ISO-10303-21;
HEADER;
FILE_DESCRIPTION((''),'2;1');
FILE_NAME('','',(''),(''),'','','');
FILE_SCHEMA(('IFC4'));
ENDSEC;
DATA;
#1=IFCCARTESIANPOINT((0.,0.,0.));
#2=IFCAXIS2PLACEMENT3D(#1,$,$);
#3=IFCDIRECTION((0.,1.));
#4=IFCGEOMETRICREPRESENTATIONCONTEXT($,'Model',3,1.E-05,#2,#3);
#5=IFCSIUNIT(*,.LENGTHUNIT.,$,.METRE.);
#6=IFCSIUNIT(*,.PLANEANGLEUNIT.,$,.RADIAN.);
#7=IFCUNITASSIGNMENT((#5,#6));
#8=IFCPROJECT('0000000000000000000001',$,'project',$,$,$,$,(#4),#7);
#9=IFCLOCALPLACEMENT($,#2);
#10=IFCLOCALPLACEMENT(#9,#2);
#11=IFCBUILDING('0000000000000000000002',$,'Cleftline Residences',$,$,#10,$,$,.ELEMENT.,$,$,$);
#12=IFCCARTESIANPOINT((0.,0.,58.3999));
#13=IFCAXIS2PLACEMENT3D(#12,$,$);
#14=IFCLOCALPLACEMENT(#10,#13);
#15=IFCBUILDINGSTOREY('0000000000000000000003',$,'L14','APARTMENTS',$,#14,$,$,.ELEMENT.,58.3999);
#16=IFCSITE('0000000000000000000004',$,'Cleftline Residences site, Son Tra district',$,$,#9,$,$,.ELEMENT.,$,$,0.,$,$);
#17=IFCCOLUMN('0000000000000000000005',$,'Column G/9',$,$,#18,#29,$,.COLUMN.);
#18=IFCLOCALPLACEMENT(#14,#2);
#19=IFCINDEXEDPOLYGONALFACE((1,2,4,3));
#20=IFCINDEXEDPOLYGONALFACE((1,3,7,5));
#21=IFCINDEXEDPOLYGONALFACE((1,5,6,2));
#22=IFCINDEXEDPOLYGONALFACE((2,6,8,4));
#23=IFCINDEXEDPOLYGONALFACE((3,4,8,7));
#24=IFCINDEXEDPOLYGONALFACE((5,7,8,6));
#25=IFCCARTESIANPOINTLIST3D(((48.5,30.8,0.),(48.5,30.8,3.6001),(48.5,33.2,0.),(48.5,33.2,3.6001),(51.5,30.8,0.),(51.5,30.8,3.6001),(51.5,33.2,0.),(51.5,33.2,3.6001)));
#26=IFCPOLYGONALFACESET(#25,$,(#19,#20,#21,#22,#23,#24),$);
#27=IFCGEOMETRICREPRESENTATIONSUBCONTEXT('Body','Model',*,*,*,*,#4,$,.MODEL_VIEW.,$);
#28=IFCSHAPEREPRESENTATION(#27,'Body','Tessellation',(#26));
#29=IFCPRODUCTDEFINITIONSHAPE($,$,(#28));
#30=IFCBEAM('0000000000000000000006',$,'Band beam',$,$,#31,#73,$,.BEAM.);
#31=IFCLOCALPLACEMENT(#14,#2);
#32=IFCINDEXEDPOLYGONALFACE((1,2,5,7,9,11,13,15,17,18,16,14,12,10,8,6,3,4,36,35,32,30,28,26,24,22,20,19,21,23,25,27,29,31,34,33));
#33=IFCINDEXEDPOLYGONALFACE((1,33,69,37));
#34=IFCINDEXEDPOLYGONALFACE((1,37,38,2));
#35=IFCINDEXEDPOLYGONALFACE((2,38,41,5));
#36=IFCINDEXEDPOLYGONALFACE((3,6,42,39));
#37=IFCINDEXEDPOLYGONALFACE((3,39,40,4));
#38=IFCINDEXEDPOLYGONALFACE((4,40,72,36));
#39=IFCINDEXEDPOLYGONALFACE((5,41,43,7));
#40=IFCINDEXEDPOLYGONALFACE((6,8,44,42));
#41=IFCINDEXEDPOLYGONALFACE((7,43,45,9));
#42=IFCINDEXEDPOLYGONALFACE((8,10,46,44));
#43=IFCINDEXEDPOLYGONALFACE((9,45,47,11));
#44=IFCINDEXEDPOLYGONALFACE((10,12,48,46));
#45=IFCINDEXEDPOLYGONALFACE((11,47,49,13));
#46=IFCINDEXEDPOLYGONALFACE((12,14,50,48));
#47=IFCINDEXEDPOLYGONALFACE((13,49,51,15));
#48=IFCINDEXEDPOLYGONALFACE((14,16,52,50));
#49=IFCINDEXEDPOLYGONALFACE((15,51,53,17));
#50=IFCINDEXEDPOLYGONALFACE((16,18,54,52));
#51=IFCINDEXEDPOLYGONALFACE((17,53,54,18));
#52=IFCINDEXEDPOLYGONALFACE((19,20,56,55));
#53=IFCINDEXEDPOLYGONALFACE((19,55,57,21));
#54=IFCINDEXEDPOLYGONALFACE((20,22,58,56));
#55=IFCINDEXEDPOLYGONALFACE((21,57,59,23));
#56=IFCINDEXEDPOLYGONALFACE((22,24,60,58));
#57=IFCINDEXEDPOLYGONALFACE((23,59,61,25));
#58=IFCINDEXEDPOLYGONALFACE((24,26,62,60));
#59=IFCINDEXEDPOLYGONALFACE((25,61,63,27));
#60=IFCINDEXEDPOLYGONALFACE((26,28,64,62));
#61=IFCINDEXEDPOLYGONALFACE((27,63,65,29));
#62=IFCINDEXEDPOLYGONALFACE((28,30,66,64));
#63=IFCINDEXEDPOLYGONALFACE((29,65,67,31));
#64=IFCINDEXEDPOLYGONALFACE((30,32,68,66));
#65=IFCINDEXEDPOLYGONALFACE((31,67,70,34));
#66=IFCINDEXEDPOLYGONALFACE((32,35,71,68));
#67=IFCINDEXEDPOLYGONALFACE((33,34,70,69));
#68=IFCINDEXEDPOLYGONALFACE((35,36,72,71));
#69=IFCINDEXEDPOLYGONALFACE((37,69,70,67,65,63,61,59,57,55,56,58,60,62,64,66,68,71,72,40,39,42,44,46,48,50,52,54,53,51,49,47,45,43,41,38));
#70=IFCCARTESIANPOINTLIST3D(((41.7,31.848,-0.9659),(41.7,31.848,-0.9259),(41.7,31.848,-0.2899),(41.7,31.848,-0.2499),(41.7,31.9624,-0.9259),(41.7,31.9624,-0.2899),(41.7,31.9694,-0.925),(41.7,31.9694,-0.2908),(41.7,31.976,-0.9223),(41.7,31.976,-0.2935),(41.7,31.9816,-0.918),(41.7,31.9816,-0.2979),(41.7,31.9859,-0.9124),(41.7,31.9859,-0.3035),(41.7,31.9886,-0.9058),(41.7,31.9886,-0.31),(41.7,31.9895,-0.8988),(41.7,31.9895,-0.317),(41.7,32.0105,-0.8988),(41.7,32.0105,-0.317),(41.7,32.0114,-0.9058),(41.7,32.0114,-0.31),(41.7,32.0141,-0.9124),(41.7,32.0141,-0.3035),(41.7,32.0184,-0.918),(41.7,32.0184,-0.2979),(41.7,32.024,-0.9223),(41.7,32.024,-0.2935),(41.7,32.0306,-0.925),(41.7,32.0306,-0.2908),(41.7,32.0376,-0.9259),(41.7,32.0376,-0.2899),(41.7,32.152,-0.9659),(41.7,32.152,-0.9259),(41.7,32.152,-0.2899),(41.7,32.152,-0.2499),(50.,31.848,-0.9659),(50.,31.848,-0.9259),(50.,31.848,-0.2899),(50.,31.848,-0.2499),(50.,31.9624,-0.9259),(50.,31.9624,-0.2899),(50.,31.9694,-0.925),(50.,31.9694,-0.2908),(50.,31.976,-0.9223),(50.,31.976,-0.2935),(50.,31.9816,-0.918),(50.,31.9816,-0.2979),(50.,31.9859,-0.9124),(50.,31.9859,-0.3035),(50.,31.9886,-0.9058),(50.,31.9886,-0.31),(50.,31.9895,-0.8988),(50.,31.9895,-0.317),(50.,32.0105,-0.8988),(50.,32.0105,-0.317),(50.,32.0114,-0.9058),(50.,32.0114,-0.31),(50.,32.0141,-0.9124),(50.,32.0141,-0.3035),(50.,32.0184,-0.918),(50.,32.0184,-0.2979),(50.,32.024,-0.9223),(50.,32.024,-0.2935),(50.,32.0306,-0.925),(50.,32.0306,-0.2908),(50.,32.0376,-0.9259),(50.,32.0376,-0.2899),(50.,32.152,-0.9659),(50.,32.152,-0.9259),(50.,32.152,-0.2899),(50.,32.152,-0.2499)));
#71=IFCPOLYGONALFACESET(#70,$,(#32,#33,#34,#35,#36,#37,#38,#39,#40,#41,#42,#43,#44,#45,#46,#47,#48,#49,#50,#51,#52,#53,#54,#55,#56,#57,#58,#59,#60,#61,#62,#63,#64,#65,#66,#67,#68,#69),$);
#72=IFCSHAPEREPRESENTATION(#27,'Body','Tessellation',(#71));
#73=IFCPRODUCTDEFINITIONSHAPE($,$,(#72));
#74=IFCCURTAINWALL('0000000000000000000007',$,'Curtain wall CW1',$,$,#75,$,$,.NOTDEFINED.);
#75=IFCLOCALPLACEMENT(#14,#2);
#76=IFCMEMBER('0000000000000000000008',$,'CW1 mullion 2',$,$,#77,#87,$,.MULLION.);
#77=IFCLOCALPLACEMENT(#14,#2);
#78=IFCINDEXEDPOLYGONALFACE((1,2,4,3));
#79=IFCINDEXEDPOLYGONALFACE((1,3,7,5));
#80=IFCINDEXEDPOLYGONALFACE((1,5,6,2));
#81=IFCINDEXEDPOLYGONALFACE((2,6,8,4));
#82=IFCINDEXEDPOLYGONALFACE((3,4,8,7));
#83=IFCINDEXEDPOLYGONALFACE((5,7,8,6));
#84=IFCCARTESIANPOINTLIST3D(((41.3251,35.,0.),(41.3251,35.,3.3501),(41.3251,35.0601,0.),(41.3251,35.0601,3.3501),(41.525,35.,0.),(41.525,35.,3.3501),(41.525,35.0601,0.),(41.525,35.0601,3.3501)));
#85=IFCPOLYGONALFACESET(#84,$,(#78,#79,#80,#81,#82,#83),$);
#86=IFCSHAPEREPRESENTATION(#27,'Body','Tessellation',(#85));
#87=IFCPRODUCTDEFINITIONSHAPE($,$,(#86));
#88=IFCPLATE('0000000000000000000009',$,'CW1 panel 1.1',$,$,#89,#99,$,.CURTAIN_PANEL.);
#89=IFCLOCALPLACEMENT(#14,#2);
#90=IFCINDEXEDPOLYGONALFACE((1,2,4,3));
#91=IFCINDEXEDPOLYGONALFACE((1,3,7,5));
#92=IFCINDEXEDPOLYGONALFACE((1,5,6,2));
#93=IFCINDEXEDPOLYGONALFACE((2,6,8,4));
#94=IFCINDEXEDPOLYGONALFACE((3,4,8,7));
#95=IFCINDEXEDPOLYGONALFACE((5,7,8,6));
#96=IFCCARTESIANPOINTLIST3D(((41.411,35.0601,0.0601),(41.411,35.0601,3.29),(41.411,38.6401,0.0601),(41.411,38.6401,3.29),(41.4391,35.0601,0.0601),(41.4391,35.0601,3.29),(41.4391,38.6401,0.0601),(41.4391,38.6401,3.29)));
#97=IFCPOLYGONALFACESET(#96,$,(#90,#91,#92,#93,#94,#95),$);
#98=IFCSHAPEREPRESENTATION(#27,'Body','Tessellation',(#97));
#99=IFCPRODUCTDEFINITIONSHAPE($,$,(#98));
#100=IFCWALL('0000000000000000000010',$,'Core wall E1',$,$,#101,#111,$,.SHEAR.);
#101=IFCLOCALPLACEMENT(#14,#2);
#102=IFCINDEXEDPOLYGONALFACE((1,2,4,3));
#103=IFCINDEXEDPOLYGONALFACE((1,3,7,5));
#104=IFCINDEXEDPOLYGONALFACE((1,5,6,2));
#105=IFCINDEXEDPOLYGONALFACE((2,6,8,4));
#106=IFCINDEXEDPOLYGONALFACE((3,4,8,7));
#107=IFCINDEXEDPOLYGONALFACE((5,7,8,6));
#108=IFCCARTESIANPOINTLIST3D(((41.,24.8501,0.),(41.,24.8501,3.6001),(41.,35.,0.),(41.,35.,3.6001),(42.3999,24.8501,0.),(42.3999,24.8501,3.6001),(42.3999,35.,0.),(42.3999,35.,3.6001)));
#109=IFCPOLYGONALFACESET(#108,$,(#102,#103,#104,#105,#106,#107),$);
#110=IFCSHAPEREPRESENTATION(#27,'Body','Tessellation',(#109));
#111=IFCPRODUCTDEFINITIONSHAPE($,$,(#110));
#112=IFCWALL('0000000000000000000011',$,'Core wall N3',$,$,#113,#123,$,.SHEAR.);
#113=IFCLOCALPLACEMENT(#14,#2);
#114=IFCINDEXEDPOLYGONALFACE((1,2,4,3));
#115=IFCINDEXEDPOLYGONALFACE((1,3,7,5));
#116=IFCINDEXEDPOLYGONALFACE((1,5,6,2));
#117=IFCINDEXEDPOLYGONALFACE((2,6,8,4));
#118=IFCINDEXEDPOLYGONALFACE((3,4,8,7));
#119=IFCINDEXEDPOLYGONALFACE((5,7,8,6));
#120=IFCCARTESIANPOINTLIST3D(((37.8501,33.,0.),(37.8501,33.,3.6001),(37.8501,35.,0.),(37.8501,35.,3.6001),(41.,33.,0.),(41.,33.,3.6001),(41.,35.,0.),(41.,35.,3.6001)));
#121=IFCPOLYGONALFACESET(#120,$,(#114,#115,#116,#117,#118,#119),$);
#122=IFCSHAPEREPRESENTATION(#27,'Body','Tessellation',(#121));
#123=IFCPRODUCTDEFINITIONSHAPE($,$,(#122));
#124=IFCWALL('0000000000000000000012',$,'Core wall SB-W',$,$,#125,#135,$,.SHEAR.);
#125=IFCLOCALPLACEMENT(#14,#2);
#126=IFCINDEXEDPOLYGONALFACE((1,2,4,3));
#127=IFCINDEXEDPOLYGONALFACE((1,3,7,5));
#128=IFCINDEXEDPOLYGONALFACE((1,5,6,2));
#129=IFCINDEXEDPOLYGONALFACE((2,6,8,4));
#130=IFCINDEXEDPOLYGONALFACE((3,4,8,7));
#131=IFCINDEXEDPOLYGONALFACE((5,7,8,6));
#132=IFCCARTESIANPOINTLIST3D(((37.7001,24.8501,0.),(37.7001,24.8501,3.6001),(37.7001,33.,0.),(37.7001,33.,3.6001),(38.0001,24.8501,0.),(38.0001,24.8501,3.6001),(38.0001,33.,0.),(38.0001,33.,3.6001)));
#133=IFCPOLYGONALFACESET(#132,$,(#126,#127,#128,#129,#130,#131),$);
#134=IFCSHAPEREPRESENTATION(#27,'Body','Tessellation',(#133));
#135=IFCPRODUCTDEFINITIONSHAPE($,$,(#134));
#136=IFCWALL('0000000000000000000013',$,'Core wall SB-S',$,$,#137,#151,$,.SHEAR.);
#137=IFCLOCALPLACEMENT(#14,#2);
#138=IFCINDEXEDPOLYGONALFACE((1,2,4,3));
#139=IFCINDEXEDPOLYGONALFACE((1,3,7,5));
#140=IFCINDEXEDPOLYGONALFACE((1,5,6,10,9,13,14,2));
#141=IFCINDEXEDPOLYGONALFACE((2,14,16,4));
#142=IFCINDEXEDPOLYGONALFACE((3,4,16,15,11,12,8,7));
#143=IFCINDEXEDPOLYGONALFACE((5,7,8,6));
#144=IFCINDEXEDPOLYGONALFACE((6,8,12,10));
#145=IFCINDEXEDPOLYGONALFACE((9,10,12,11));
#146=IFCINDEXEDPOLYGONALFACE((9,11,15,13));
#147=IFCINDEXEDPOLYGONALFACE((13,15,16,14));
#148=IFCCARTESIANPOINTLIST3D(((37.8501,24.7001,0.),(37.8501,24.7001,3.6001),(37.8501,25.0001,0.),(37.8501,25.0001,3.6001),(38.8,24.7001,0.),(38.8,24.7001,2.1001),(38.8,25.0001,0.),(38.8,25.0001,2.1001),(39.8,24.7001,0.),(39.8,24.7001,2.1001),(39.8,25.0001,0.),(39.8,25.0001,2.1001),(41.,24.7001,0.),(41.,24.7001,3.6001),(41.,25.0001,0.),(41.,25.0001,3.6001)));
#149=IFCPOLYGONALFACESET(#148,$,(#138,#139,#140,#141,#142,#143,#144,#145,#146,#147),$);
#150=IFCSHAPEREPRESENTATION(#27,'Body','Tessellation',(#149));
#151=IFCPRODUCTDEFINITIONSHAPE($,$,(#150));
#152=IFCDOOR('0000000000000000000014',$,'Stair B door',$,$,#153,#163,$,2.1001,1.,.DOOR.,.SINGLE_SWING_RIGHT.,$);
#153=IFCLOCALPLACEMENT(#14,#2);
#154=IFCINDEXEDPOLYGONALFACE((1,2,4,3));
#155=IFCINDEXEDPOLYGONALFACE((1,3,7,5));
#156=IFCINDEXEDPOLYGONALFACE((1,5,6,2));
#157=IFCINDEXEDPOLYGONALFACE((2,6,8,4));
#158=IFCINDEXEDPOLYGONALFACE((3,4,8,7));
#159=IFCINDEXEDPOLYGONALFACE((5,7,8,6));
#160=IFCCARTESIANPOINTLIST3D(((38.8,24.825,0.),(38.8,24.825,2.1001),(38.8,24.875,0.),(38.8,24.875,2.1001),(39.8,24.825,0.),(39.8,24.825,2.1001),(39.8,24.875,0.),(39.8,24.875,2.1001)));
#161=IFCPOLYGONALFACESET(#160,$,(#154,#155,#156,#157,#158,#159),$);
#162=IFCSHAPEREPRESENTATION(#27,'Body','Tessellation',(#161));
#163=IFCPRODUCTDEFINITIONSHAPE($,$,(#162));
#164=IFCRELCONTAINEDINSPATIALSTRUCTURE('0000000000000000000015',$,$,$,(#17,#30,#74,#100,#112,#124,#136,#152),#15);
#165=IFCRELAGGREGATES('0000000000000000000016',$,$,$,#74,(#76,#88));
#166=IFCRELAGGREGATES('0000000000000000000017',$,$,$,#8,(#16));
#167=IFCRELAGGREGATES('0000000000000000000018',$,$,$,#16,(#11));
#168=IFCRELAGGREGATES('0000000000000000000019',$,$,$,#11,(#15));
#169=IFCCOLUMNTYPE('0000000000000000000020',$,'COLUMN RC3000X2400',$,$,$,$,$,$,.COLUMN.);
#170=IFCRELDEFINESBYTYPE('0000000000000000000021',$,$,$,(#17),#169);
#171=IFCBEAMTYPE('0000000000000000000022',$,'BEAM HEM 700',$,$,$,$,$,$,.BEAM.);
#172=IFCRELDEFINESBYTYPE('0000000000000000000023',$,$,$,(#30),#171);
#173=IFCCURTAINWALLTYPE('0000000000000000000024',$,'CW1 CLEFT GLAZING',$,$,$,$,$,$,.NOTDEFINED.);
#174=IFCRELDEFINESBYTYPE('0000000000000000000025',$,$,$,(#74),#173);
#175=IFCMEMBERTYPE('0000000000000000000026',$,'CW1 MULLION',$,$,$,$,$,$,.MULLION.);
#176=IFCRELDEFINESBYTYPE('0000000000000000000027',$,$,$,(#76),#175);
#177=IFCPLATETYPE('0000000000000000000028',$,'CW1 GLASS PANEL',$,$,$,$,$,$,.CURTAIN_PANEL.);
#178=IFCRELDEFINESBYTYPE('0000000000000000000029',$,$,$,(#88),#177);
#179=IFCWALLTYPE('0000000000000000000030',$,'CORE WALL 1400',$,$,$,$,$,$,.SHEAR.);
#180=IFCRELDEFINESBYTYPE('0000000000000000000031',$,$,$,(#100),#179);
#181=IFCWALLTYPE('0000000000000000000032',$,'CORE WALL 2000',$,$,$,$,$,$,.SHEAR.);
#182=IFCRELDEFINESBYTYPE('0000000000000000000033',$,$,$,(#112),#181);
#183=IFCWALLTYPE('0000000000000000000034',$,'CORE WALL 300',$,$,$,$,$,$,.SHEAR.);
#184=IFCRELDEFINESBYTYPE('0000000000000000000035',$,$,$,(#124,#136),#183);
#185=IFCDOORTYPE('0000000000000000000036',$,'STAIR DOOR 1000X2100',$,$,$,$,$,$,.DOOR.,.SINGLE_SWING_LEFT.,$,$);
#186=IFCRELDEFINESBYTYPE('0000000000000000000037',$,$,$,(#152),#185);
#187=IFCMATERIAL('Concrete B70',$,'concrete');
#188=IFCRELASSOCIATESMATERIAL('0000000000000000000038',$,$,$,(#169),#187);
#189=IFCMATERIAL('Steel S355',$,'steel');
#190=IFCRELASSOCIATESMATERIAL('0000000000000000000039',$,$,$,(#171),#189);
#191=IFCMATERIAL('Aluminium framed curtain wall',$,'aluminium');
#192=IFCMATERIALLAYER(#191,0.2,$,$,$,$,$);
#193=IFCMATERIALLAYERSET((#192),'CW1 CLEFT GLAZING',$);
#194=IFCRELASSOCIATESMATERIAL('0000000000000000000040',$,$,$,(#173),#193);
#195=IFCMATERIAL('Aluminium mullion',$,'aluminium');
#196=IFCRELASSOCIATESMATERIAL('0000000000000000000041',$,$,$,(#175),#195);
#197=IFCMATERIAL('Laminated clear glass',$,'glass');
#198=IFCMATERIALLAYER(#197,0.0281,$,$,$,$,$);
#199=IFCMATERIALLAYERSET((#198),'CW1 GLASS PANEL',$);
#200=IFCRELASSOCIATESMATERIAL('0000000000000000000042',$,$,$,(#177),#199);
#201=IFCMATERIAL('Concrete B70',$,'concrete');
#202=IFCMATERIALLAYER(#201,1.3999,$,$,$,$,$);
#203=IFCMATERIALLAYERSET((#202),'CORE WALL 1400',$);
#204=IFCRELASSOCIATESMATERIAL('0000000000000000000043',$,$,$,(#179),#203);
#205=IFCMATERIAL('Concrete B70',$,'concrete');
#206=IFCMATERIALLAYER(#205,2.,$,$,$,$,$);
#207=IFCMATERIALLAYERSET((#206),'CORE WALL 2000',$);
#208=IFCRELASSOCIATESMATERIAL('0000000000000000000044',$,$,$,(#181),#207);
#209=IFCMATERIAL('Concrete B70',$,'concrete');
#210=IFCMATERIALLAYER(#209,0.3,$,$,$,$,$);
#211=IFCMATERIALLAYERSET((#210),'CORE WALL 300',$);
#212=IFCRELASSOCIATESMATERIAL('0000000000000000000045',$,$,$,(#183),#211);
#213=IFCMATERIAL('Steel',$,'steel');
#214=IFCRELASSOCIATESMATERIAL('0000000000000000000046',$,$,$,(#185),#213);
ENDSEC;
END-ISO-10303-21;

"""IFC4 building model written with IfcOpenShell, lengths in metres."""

from ifc_helpers import new_model, si_unit, direction, frame, frame_2d, origin, origin_2d, place, context, subcontext, project, spatial, rectangle, i_section, extrude, material, layer, layer_set, material_profile, profile_set, type_object, element, fill, aggregate, save


model = new_model("IFC4")

# Units and contexts
model_context = context("Model", 3, precision=1e-05, world=origin(), true_north=direction((0.0, 1.0)))
body_context = subcontext(model_context, "Body", "Model", "MODEL_VIEW")
ifc_project = project(units=[si_unit("LENGTHUNIT", "METRE"), si_unit("PLANEANGLEUNIT", "RADIAN")], contexts=[model_context])

# Site, building, storey
site_placement = place(None, origin())
site = spatial("IfcSite", under=ifc_project, at=site_placement, Name="Cleftline Residences site, Son Tra district", CompositionType="ELEMENT", RefElevation=0.0)
building_placement = place(site_placement, origin())
building = spatial("IfcBuilding", under=site, at=building_placement, Name="Cleftline Residences", CompositionType="ELEMENT")
storey_placement = place(building_placement, frame((0.0, 0.0, 58.3999)))
storey = spatial("IfcBuildingStorey", under=building, at=storey_placement, Name="L14", Description="APARTMENTS", CompositionType="ELEMENT", Elevation=58.3999)

# Column
ifc_material_1 = material(Name="Concrete B70", Category="concrete")
ifc_material_profile_1 = material_profile(ifc_material_1, rectangle(XDim=3.0, YDim=2.3999, at=origin_2d()))
ifc_profile_set_1 = profile_set([ifc_material_profile_1], Name="Concrete B70")
column_type = type_object("IfcColumnType", Name="COLUMN RC3000X2400", PredefinedType="COLUMN", material=ifc_profile_set_1)
column_placement = place(storey_placement, frame((50.0, 32.0, 0.0), z_axis=(0.0, 0.0, 1.0), x_axis=(1.0, 0.0, 0.0)))
element("IfcColumn", 1, at=column_placement, inside=storey, type_object=column_type, Name="Column G/9", PredefinedType="COLUMN", context=body_context, shape_type="SweptSolid", body=[
    extrude(rectangle(XDim=3.0, YDim=2.3999, at=origin_2d()), origin(), (0.0, 0.0, 1.0), 3.6001),
])

# Beam
ifc_material_2 = material(Name="Steel S355", Category="steel")
ifc_material_profile_2 = material_profile(ifc_material_2, i_section(OverallWidth=0.304, OverallDepth=0.7161, WebThickness=0.021, FlangeThickness=0.04, FilletRadius=0.0271, at=origin_2d()))
ifc_profile_set_2 = profile_set([ifc_material_profile_2], Name="Steel S355")
beam_type = type_object("IfcBeamType", Name="BEAM HEM 700", PredefinedType="BEAM", material=ifc_profile_set_2)
beam_placement = place(storey_placement, frame((50.0, 32.0, -0.6079), z_axis=(-1.0, 0.0, 0.0), x_axis=(0.0, -1.0, 0.0)))
element("IfcBeam", 2, at=beam_placement, inside=storey, type_object=beam_type, Name="Band beam", PredefinedType="BEAM", context=body_context, shape_type="SweptSolid", body=[
    extrude(i_section(OverallWidth=0.304, OverallDepth=0.7161, WebThickness=0.021, FlangeThickness=0.04, FilletRadius=0.0271, at=origin_2d()), origin(), (0.0, 0.0, 1.0), 8.3),
])

# Curtain wall, member, plate
ifc_material_3 = material(Name="Aluminium framed curtain wall", Category="aluminium")
ifc_layer_1 = layer(ifc_material_3, 0.2)
ifc_layer_set_1 = layer_set([ifc_layer_1], Name="CW1 CLEFT GLAZING")
curtain_wall_type = type_object("IfcCurtainWallType", Name="CW1 CLEFT GLAZING", PredefinedType="NOTDEFINED", material=ifc_layer_set_1)
curtain_wall_placement = place(storey_placement, origin())
curtain_wall = element("IfcCurtainWall", 3, at=curtain_wall_placement, inside=storey, type_object=curtain_wall_type, Name="Curtain wall CW1", PredefinedType="NOTDEFINED")
ifc_material_4 = material(Name="Aluminium mullion", Category="aluminium")
ifc_material_profile_3 = material_profile(ifc_material_4, rectangle(XDim=0.2, YDim=0.0601, at=origin_2d()))
ifc_profile_set_3 = profile_set([ifc_material_profile_3], Name="Aluminium mullion")
member_type = type_object("IfcMemberType", Name="CW1 MULLION", PredefinedType="MULLION", material=ifc_profile_set_3)
member_placement = place(storey_placement, frame((41.425, 35.03, 0.0), z_axis=(0.0, 0.0, 1.0), x_axis=(1.0, 0.0, 0.0)))
member = element("IfcMember", 4, at=member_placement, type_object=member_type, Name="CW1 mullion 2", PredefinedType="MULLION", context=body_context, shape_type="SweptSolid", body=[
    extrude(rectangle(XDim=0.2, YDim=0.0601, at=origin_2d()), origin(), (0.0, 0.0, 1.0), 3.3501),
])
ifc_material_5 = material(Name="Laminated clear glass", Category="glass")
ifc_layer_2 = layer(ifc_material_5, 0.0281)
ifc_layer_set_2 = layer_set([ifc_layer_2], Name="CW1 GLASS PANEL")
plate_type = type_object("IfcPlateType", Name="CW1 GLASS PANEL", PredefinedType="CURTAIN_PANEL", material=ifc_layer_set_2)
plate_placement = place(storey_placement, frame((41.425, 36.8501, 0.0601), z_axis=(0.0, 0.0, 1.0), x_axis=(0.0, -1.0, 0.0)))
plate = element("IfcPlate", 5, at=plate_placement, type_object=plate_type, Name="CW1 panel 1.1", PredefinedType="CURTAIN_PANEL", context=body_context, shape_type="SweptSolid", body=[
    extrude(rectangle(XDim=3.5801, YDim=0.0281, at=origin_2d()), origin(), (0.0, 0.0, 1.0), 3.23),
])
aggregate(curtain_wall, [member, plate])

# Walls
ifc_material_6 = material(Name="Concrete B70", Category="concrete")
ifc_layer_3 = layer(ifc_material_6, 1.3999)
ifc_layer_set_3 = layer_set([ifc_layer_3], Name="CORE WALL 1400")
wall_type_1 = type_object("IfcWallType", Name="CORE WALL 1400", PredefinedType="SHEAR", material=ifc_layer_set_3)
wall_1_placement = place(storey_placement, frame((41.7, 24.8501, 0.0), z_axis=(0.0, 0.0, 1.0), x_axis=(0.0, 1.0, 0.0)))
element("IfcWall", 6, at=wall_1_placement, inside=storey, type_object=wall_type_1, Name="Core wall E1", PredefinedType="SHEAR", context=body_context, shape_type="SweptSolid", body=[
    extrude(rectangle(XDim=10.1499, YDim=1.3999, at=frame_2d((5.075, 0.0))), origin(), (0.0, 0.0, 1.0), 3.6001),
])
ifc_material_7 = material(Name="Concrete B70", Category="concrete")
ifc_layer_4 = layer(ifc_material_7, 2.0)
ifc_layer_set_4 = layer_set([ifc_layer_4], Name="CORE WALL 2000")
wall_type_2 = type_object("IfcWallType", Name="CORE WALL 2000", PredefinedType="SHEAR", material=ifc_layer_set_4)
wall_2_placement = place(storey_placement, frame((37.8501, 34.0, 0.0), z_axis=(0.0, 0.0, 1.0), x_axis=(1.0, 0.0, 0.0)))
element("IfcWall", 7, at=wall_2_placement, inside=storey, type_object=wall_type_2, Name="Core wall N3", PredefinedType="SHEAR", context=body_context, shape_type="SweptSolid", body=[
    extrude(rectangle(XDim=3.1499, YDim=2.0, at=frame_2d((1.575, 0.0))), origin(), (0.0, 0.0, 1.0), 3.6001),
])
ifc_material_8 = material(Name="Concrete B70", Category="concrete")
ifc_layer_5 = layer(ifc_material_8, 0.3)
ifc_layer_set_5 = layer_set([ifc_layer_5], Name="CORE WALL 300")
wall_type_3 = type_object("IfcWallType", Name="CORE WALL 300", PredefinedType="SHEAR", material=ifc_layer_set_5)
wall_3_placement = place(storey_placement, frame((37.8501, 24.8501, 0.0), z_axis=(0.0, 0.0, 1.0), x_axis=(0.0, 1.0, 0.0)))
element("IfcWall", 8, at=wall_3_placement, inside=storey, type_object=wall_type_3, Name="Core wall SB-W", PredefinedType="SHEAR", context=body_context, shape_type="SweptSolid", body=[
    extrude(rectangle(XDim=8.1499, YDim=0.3, at=frame_2d((4.075, 0.0))), origin(), (0.0, 0.0, 1.0), 3.6001),
])

# Wall, opening, door
wall_4_placement = place(storey_placement, frame((37.8501, 24.8501, 0.0), z_axis=(0.0, 0.0, 1.0), x_axis=(1.0, 0.0, 0.0)))
wall_4 = element("IfcWall", 9, at=wall_4_placement, inside=storey, type_object=wall_type_3, Name="Core wall SB-S", PredefinedType="SHEAR", context=body_context, shape_type="SweptSolid", body=[
    extrude(rectangle(XDim=3.1499, YDim=0.3, at=frame_2d((1.575, 0.0))), origin(), (0.0, 0.0, 1.0), 3.6001),
])
opening_1_placement = place(wall_4_placement, frame((0.95, 0.0, 0.0)))
opening_1 = element("IfcOpeningElement", 10, at=opening_1_placement, cuts=wall_4, PredefinedType="OPENING", context=body_context, shape_type="SweptSolid", body=[
    extrude(rectangle(XDim=1.0, YDim=2.1001, at=frame_2d((0.5, 1.05))), frame((0.0, 0.1599, 0.0), z_axis=(0.0, -1.0, 0.0), x_axis=(1.0, 0.0, 0.0)), (0.0, 0.0, 1.0), 0.3201),
])
ifc_material_9 = material(Name="Steel", Category="steel")
door_type_1 = type_object("IfcDoorType", Name="STAIR DOOR 1000X2100", OperationType="SINGLE_SWING_LEFT", PredefinedType="DOOR", material=ifc_material_9)
door_1_placement = place(opening_1_placement, origin())
door_1 = element("IfcDoor", 11, at=door_1_placement, inside=storey, type_object=door_type_1, Name="Stair B door", OperationType="SINGLE_SWING_RIGHT", OverallHeight=2.1001, OverallWidth=1.0, PredefinedType="DOOR", context=body_context, shape_type="SweptSolid", body=[
    extrude(rectangle(XDim=1.0, YDim=2.1001, at=frame_2d((0.5, 1.05))), frame((0.0, 0.0249, 0.0), z_axis=(0.0, -1.0, 0.0), x_axis=(1.0, 0.0, 0.0)), (0.0, 0.0, 1.0), 0.05),
])
fill(opening_1, door_1)

save(model, "model.ifc")
